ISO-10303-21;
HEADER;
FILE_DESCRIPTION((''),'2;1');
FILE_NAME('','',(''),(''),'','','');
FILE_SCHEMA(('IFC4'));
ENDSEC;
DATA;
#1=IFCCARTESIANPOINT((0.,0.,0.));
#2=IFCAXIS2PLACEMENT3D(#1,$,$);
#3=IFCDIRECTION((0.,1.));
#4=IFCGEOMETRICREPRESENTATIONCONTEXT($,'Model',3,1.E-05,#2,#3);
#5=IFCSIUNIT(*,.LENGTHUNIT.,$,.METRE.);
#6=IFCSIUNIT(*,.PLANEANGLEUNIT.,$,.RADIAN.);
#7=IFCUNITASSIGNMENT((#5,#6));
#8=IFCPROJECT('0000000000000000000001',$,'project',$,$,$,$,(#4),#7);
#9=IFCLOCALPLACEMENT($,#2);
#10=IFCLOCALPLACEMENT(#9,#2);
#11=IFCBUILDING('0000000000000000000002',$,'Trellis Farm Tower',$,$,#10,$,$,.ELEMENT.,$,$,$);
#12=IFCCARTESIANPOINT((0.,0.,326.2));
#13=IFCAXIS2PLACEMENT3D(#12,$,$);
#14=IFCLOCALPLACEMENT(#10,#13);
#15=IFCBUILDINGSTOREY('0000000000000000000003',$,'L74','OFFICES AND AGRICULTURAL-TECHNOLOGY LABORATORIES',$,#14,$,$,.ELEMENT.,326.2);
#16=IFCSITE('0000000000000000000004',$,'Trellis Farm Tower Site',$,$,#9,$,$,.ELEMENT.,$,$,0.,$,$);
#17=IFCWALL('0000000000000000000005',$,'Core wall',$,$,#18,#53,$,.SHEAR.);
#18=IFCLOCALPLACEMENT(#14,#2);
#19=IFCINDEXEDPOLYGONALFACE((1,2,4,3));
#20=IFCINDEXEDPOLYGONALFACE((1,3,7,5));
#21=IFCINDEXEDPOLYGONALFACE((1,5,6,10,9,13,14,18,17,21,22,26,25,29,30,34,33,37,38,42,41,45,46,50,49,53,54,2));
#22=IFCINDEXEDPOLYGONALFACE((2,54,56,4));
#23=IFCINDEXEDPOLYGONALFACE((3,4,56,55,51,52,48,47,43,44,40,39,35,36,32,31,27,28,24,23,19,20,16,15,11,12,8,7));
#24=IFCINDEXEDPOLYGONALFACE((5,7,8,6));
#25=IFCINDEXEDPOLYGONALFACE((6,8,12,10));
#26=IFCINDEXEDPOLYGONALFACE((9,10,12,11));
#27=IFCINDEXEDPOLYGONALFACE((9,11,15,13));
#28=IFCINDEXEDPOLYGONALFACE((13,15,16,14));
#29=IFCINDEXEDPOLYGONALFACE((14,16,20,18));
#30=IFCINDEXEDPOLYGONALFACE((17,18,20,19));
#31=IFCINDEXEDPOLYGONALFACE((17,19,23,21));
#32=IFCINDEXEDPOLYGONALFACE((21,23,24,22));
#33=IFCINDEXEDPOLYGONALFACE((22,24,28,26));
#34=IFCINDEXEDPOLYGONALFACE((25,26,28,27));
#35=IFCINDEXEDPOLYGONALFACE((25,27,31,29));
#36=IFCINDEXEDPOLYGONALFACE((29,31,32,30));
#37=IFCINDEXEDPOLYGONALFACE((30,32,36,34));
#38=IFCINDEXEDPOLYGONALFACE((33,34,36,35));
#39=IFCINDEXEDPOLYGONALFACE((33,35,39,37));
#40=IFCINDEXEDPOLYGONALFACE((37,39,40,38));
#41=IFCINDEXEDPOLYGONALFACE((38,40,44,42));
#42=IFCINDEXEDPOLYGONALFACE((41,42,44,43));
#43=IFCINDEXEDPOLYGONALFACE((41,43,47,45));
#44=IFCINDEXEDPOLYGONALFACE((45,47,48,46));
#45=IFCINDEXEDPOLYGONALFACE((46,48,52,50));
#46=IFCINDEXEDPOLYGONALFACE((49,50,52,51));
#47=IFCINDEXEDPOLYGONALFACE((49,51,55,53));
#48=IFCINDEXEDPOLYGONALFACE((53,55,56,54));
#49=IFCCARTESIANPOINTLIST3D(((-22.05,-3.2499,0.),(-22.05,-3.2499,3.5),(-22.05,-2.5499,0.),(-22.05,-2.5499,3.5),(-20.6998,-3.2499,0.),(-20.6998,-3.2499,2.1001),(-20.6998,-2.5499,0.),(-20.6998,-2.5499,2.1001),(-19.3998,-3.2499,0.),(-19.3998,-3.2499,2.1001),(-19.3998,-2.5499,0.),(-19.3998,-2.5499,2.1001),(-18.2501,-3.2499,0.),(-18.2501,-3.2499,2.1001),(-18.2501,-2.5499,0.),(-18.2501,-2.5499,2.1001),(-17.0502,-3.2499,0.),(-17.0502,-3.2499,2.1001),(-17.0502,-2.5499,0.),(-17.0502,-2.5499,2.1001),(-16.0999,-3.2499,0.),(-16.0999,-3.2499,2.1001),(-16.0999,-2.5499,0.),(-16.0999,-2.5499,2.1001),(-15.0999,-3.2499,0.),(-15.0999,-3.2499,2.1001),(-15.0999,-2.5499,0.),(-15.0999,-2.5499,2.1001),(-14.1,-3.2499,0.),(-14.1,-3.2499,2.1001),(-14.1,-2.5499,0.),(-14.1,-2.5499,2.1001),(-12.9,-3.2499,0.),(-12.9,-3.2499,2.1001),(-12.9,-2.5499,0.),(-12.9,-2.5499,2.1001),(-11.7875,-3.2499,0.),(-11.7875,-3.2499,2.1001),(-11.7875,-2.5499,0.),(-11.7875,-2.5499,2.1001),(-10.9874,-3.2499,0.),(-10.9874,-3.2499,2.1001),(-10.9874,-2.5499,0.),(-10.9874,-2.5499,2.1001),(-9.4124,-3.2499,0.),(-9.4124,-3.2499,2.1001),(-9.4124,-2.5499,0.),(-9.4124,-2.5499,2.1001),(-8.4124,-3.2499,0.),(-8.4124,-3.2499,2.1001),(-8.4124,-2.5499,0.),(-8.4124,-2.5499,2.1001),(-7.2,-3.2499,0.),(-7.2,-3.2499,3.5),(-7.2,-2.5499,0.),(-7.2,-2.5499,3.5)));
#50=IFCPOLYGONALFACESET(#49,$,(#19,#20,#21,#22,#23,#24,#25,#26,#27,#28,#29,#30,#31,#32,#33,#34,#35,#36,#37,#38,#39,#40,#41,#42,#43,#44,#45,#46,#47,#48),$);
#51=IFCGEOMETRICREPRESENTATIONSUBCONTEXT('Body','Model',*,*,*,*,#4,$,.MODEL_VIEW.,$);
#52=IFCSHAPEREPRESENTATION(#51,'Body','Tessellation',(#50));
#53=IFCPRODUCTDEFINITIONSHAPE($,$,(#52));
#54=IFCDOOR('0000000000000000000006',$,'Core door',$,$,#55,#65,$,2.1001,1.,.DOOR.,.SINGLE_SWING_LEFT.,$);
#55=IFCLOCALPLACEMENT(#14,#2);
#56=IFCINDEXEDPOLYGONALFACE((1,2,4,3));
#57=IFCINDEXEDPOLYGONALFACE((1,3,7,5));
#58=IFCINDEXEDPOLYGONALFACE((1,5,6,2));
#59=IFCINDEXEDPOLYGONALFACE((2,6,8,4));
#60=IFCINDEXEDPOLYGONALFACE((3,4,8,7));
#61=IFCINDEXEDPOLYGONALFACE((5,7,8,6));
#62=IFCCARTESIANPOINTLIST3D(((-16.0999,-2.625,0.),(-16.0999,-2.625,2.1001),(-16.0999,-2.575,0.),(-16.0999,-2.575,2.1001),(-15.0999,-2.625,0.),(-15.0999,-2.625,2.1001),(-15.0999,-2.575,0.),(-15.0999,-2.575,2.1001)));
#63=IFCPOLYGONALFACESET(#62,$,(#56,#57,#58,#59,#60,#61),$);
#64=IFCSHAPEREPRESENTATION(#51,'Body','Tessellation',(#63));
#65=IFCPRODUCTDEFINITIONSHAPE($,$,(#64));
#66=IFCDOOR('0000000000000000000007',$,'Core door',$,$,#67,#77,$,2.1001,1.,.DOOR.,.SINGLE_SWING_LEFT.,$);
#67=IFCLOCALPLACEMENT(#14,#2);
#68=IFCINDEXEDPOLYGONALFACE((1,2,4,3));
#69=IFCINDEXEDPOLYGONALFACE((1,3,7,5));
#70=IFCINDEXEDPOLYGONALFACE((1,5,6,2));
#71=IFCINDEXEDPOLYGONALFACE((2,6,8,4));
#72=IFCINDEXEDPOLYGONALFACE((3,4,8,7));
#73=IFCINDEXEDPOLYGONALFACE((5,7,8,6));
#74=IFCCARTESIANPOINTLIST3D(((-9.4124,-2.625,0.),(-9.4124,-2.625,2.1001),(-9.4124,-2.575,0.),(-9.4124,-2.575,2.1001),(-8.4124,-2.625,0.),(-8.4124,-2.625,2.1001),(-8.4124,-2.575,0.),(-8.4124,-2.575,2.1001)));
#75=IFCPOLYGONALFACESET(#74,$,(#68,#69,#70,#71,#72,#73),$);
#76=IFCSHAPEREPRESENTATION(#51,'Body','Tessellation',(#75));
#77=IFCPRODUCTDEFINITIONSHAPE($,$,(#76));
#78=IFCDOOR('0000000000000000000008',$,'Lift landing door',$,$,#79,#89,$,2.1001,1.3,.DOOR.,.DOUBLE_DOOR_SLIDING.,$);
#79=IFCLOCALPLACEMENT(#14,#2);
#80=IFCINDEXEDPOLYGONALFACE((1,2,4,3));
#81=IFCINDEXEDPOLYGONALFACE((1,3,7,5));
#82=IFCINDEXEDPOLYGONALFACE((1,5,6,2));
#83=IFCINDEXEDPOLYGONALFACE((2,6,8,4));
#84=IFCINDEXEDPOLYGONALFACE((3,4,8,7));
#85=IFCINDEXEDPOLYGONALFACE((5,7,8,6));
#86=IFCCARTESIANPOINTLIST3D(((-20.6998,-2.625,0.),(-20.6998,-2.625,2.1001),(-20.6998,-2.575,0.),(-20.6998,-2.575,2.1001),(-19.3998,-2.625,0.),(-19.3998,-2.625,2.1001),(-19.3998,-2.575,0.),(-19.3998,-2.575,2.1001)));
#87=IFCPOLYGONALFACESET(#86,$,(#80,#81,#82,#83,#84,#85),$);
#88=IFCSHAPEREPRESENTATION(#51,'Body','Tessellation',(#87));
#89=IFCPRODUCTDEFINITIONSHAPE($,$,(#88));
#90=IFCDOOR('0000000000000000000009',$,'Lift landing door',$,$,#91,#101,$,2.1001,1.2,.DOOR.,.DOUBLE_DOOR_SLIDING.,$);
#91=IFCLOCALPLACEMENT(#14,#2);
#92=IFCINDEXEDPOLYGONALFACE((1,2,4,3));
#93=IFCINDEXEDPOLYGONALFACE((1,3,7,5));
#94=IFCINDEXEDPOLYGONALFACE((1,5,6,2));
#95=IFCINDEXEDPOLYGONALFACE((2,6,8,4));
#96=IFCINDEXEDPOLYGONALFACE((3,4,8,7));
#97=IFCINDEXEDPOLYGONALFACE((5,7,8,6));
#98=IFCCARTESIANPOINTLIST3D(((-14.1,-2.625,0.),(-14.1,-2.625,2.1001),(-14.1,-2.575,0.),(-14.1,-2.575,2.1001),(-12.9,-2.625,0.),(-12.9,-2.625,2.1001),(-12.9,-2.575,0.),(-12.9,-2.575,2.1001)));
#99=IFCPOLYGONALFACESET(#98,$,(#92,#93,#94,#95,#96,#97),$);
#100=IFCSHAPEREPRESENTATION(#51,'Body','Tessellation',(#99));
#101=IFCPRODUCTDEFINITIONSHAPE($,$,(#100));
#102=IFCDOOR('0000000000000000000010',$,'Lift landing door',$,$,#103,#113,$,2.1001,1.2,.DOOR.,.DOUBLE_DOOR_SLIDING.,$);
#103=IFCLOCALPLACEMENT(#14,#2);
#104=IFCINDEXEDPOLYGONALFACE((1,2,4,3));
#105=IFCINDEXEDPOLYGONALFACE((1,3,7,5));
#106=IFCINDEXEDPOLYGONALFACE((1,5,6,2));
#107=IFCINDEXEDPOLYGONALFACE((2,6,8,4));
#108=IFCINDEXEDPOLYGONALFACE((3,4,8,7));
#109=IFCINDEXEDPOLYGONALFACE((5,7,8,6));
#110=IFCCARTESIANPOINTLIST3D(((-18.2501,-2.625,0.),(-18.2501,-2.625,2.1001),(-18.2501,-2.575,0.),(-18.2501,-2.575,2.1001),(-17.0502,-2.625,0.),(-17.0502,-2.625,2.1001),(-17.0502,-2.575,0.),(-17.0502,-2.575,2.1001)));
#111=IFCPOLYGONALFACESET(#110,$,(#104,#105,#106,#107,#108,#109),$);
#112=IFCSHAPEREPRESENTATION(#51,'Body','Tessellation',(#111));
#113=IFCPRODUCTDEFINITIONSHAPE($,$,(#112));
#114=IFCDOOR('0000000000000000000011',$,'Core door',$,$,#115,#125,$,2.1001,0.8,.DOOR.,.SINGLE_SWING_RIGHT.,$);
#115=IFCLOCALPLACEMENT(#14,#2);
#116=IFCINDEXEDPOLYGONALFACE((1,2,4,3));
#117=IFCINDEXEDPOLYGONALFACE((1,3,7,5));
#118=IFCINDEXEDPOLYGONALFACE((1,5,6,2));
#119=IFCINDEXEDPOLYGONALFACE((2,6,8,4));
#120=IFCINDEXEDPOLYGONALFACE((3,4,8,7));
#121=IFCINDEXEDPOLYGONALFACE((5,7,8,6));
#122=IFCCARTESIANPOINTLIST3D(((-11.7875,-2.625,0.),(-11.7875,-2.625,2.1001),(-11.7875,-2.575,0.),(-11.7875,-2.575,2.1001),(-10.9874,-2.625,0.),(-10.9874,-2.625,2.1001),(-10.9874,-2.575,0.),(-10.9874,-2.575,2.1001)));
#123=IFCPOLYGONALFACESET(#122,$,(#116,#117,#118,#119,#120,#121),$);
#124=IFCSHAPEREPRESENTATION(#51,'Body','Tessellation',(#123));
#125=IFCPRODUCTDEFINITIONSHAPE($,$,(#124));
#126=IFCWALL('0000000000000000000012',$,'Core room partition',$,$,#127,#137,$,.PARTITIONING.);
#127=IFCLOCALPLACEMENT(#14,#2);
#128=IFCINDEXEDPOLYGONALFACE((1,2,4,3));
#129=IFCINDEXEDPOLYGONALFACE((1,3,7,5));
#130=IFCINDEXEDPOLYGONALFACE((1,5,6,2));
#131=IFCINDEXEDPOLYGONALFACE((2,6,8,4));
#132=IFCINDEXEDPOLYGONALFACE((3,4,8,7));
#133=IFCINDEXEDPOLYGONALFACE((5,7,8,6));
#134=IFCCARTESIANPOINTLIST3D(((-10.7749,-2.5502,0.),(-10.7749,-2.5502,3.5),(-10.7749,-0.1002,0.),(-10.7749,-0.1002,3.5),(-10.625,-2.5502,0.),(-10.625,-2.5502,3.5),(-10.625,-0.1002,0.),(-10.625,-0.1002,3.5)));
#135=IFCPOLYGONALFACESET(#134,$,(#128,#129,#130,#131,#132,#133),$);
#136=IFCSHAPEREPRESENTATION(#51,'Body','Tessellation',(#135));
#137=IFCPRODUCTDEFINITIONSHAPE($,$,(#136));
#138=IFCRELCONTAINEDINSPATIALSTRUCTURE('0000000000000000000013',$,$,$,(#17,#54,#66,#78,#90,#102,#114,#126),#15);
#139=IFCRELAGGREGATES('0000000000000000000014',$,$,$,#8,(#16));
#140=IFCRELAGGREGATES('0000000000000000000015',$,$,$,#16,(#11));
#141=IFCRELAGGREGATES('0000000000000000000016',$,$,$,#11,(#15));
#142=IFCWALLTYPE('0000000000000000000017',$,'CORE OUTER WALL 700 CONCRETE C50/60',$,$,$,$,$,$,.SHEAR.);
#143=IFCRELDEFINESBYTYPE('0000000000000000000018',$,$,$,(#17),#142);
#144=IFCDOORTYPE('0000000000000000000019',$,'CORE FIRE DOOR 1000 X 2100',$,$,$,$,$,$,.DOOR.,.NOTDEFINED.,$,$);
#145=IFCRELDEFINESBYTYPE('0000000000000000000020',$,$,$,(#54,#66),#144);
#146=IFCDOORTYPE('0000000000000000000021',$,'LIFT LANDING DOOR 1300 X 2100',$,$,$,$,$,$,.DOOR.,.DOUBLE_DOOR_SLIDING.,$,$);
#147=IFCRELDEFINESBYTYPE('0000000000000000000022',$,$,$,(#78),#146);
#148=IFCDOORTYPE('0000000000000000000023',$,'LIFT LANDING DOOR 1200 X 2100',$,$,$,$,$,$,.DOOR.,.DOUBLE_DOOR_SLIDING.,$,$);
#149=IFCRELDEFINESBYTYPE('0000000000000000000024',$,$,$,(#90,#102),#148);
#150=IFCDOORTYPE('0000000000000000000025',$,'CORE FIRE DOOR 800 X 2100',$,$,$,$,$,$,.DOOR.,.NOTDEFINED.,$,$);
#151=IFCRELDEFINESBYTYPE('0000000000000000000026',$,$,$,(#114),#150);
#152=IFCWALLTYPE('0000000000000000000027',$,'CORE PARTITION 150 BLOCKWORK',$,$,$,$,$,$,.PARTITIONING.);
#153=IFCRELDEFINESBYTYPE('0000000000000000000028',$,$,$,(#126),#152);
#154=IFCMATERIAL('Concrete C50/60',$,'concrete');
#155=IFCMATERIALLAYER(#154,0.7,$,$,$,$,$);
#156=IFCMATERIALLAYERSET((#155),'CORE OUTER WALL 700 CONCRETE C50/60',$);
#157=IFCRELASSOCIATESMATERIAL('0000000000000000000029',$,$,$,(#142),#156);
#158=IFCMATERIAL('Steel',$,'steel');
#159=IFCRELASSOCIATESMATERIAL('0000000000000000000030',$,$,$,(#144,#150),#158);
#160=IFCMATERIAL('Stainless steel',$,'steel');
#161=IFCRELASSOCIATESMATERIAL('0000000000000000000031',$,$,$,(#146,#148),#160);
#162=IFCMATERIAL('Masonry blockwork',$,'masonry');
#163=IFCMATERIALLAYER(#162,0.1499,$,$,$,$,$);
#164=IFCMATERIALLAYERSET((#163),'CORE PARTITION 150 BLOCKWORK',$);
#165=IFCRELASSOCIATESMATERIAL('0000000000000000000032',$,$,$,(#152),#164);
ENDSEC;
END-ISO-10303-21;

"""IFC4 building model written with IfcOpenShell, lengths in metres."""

from ifc_helpers import new_model, si_unit, direction, frame, frame_2d, origin, place, context, subcontext, project, spatial, rectangle, extrude, source, transform, mapped, material, layer, layer_set, type_object, element, fill, save


model = new_model("IFC4")

# Units and contexts
model_context = context("Model", 3, precision=1e-05, world=origin(), true_north=direction((0.0, 1.0)))
body_context = subcontext(model_context, "Body", "Model", "MODEL_VIEW")
ifc_project = project(units=[si_unit("LENGTHUNIT", "METRE"), si_unit("PLANEANGLEUNIT", "RADIAN")], contexts=[model_context])

# Site, building, storey
site_placement = place(None, origin())
site = spatial("IfcSite", under=ifc_project, at=site_placement, Name="Trellis Farm Tower Site", CompositionType="ELEMENT", RefElevation=0.0)
building_placement = place(site_placement, origin())
building = spatial("IfcBuilding", under=site, at=building_placement, Name="Trellis Farm Tower", CompositionType="ELEMENT")
storey_placement = place(building_placement, frame((0.0, 0.0, 326.2)))
storey = spatial("IfcBuildingStorey", under=building, at=storey_placement, Name="L74", Description="OFFICES AND AGRICULTURAL-TECHNOLOGY LABORATORIES", CompositionType="ELEMENT", Elevation=326.2)

# Shared definitions
ifc_material_1 = material(Name="Concrete C50/60", Category="concrete")

# Shared definitions
ifc_material_2 = material(Name="Masonry blockwork", Category="masonry")
ifc_material_3 = material(Name="Steel", Category="steel")

# Wall, openings, doors
ifc_layer_1 = layer(ifc_material_1, 0.7)
ifc_layer_set_1 = layer_set([ifc_layer_1], Name="CORE OUTER WALL 700 CONCRETE C50/60")
wall_type_1 = type_object("IfcWallType", Name="CORE OUTER WALL 700 CONCRETE C50/60", PredefinedType="SHEAR", material=ifc_layer_set_1)
shared_shape_1 = source(origin(), body_context, "Body", "SweptSolid", [
    extrude(rectangle(XDim=14.8501, YDim=0.7, at=frame_2d((7.425, 0.0))), origin(), (0.0, 0.0, 1.0), 3.5),
])
wall_1_placement = place(storey_placement, frame((-7.2, -2.8999, 0.0), z_axis=(0.0, 0.0, 1.0), x_axis=(-1.0, 0.0, 0.0)))
wall_1 = element("IfcWall", 1, at=wall_1_placement, inside=storey, type_object=wall_type_1, Name="Core wall", PredefinedType="SHEAR", context=body_context, shape_type="MappedRepresentation", body=[
    mapped(shared_shape_1, transform((0.0, 0.0, 0.0))),
])
shared_shape_2 = source(origin(), body_context, "Body", "SweptSolid", [
    extrude(rectangle(XDim=1.2, YDim=2.1001, at=frame_2d((0.6001, 1.05))), frame((0.0, 0.3601, 0.0), z_axis=(0.0, -1.0, 0.0), x_axis=(1.0, 0.0, 0.0)), (0.0, 0.0, 1.0), 0.7202),
])
opening_1_placement = place(wall_1_placement, frame((5.7, 0.0, 0.0)))
opening_1 = element("IfcOpeningElement", 2, at=opening_1_placement, cuts=wall_1, PredefinedType="OPENING", context=body_context, shape_type="MappedRepresentation", body=[
    mapped(shared_shape_2, transform((0.0, 0.0, 0.0))),
])
shared_shape_3 = source(origin(), body_context, "Body", "SweptSolid", [
    extrude(rectangle(XDim=1.3, YDim=2.1001, at=frame_2d((0.6499, 1.05))), frame((0.0, 0.3601, 0.0), z_axis=(0.0, -1.0, 0.0), x_axis=(1.0, 0.0, 0.0)), (0.0, 0.0, 1.0), 0.7202),
])
opening_2_placement = place(wall_1_placement, frame((12.2, 0.0, 0.0)))
opening_2 = element("IfcOpeningElement", 3, at=opening_2_placement, cuts=wall_1, PredefinedType="OPENING", context=body_context, shape_type="MappedRepresentation", body=[
    mapped(shared_shape_3, transform((0.0, 0.0, 0.0))),
])
opening_3_placement = place(wall_1_placement, frame((9.8501, 0.0, 0.0)))
opening_3 = element("IfcOpeningElement", 4, at=opening_3_placement, cuts=wall_1, PredefinedType="OPENING", context=body_context, shape_type="MappedRepresentation", body=[
    mapped(shared_shape_2, transform((0.0, 0.0, 0.0))),
])
shared_shape_4 = source(origin(), body_context, "Body", "SweptSolid", [
    extrude(rectangle(XDim=1.0, YDim=2.1001, at=frame_2d((0.5, 1.05))), frame((0.0, 0.3601, 0.0), z_axis=(0.0, -1.0, 0.0), x_axis=(1.0, 0.0, 0.0)), (0.0, 0.0, 1.0), 0.7202),
])
opening_4_placement = place(wall_1_placement, frame((7.8999, 0.0, 0.0)))
opening_4 = element("IfcOpeningElement", 5, at=opening_4_placement, cuts=wall_1, PredefinedType="OPENING", context=body_context, shape_type="MappedRepresentation", body=[
    mapped(shared_shape_4, transform((0.0, 0.0, 0.0))),
])
opening_5_placement = place(wall_1_placement, frame((1.2124, 0.0, 0.0)))
opening_5 = element("IfcOpeningElement", 6, at=opening_5_placement, cuts=wall_1, PredefinedType="OPENING", context=body_context, shape_type="MappedRepresentation", body=[
    mapped(shared_shape_4, transform((0.0, 0.0, 0.0))),
])
shared_shape_5 = source(origin(), body_context, "Body", "SweptSolid", [
    extrude(rectangle(XDim=0.8, YDim=2.1001, at=frame_2d((0.3999, 1.05))), frame((0.0, 0.3601, 0.0), z_axis=(0.0, -1.0, 0.0), x_axis=(1.0, 0.0, 0.0)), (0.0, 0.0, 1.0), 0.7202),
])
opening_6_placement = place(wall_1_placement, frame((3.7876, 0.0, 0.0)))
opening_6 = element("IfcOpeningElement", 7, at=opening_6_placement, cuts=wall_1, PredefinedType="OPENING", context=body_context, shape_type="MappedRepresentation", body=[
    mapped(shared_shape_5, transform((0.0, 0.0, 0.0))),
])
door_type_1 = type_object("IfcDoorType", Name="CORE FIRE DOOR 1000 X 2100", OperationType="NOTDEFINED", PredefinedType="DOOR", material=ifc_material_3)
shared_shape_6 = source(origin(), body_context, "Body", "SweptSolid", [
    extrude(rectangle(XDim=1.0, YDim=2.1001, at=frame_2d((0.5, 1.05))), frame((0.0, -0.2749, 0.0), z_axis=(0.0, -1.0, 0.0), x_axis=(1.0, 0.0, 0.0)), (0.0, 0.0, 1.0), 0.05),
])
door_1_placement = place(opening_4_placement, origin())
door_1 = element("IfcDoor", 8, at=door_1_placement, inside=storey, type_object=door_type_1, Name="Core door", OperationType="SINGLE_SWING_LEFT", OverallHeight=2.1001, OverallWidth=1.0, PredefinedType="DOOR", context=body_context, shape_type="MappedRepresentation", body=[
    mapped(shared_shape_6, transform((0.0, 0.0, 0.0))),
])
fill(opening_4, door_1)
door_2_placement = place(opening_5_placement, origin())
door_2 = element("IfcDoor", 9, at=door_2_placement, inside=storey, type_object=door_type_1, Name="Core door", OperationType="SINGLE_SWING_LEFT", OverallHeight=2.1001, OverallWidth=1.0, PredefinedType="DOOR", context=body_context, shape_type="MappedRepresentation", body=[
    mapped(shared_shape_6, transform((0.0, 0.0, 0.0))),
])
fill(opening_5, door_2)
ifc_material_4 = material(Name="Stainless steel", Category="steel")
door_type_2 = type_object("IfcDoorType", Name="LIFT LANDING DOOR 1300 X 2100", OperationType="DOUBLE_DOOR_SLIDING", PredefinedType="DOOR", material=ifc_material_4)
shared_shape_7 = source(origin(), body_context, "Body", "SweptSolid", [
    extrude(rectangle(XDim=1.3, YDim=2.1001, at=frame_2d((0.6499, 1.05))), frame((0.0, -0.2749, 0.0), z_axis=(0.0, -1.0, 0.0), x_axis=(1.0, 0.0, 0.0)), (0.0, 0.0, 1.0), 0.05),
])
door_3_placement = place(opening_2_placement, origin())
door_3 = element("IfcDoor", 10, at=door_3_placement, inside=storey, type_object=door_type_2, Name="Lift landing door", OperationType="DOUBLE_DOOR_SLIDING", OverallHeight=2.1001, OverallWidth=1.3, PredefinedType="DOOR", context=body_context, shape_type="MappedRepresentation", body=[
    mapped(shared_shape_7, transform((0.0, 0.0, 0.0))),
])
fill(opening_2, door_3)
door_type_3 = type_object("IfcDoorType", Name="LIFT LANDING DOOR 1200 X 2100", OperationType="DOUBLE_DOOR_SLIDING", PredefinedType="DOOR", material=ifc_material_4)
shared_shape_8 = source(origin(), body_context, "Body", "SweptSolid", [
    extrude(rectangle(XDim=1.2, YDim=2.1001, at=frame_2d((0.6001, 1.05))), frame((0.0, -0.2749, 0.0), z_axis=(0.0, -1.0, 0.0), x_axis=(1.0, 0.0, 0.0)), (0.0, 0.0, 1.0), 0.05),
])
door_4_placement = place(opening_1_placement, origin())
door_4 = element("IfcDoor", 11, at=door_4_placement, inside=storey, type_object=door_type_3, Name="Lift landing door", OperationType="DOUBLE_DOOR_SLIDING", OverallHeight=2.1001, OverallWidth=1.2, PredefinedType="DOOR", context=body_context, shape_type="MappedRepresentation", body=[
    mapped(shared_shape_8, transform((0.0, 0.0, 0.0))),
])
fill(opening_1, door_4)
door_5_placement = place(opening_3_placement, origin())
door_5 = element("IfcDoor", 12, at=door_5_placement, inside=storey, type_object=door_type_3, Name="Lift landing door", OperationType="DOUBLE_DOOR_SLIDING", OverallHeight=2.1001, OverallWidth=1.2, PredefinedType="DOOR", context=body_context, shape_type="MappedRepresentation", body=[
    mapped(shared_shape_8, transform((0.0, 0.0, 0.0))),
])
fill(opening_3, door_5)
door_type_4 = type_object("IfcDoorType", Name="CORE FIRE DOOR 800 X 2100", OperationType="NOTDEFINED", PredefinedType="DOOR", material=ifc_material_3)
shared_shape_9 = source(origin(), body_context, "Body", "SweptSolid", [
    extrude(rectangle(XDim=0.8, YDim=2.1001, at=frame_2d((0.3999, 1.05))), frame((0.0, -0.2749, 0.0), z_axis=(0.0, -1.0, 0.0), x_axis=(1.0, 0.0, 0.0)), (0.0, 0.0, 1.0), 0.05),
])
door_6_placement = place(opening_6_placement, origin())
door_6 = element("IfcDoor", 13, at=door_6_placement, inside=storey, type_object=door_type_4, Name="Core door", OperationType="SINGLE_SWING_RIGHT", OverallHeight=2.1001, OverallWidth=0.8, PredefinedType="DOOR", context=body_context, shape_type="MappedRepresentation", body=[
    mapped(shared_shape_9, transform((0.0, 0.0, 0.0))),
])
fill(opening_6, door_6)

# Wall
ifc_layer_2 = layer(ifc_material_2, 0.1499)
ifc_layer_set_2 = layer_set([ifc_layer_2], Name="CORE PARTITION 150 BLOCKWORK")
wall_type_2 = type_object("IfcWallType", Name="CORE PARTITION 150 BLOCKWORK", PredefinedType="PARTITIONING", material=ifc_layer_set_2)
shared_shape_10 = source(origin(), body_context, "Body", "SweptSolid", [
    extrude(rectangle(XDim=2.45, YDim=0.1499, at=frame_2d((1.2251, 0.0))), origin(), (0.0, 0.0, 1.0), 3.5),
])
wall_2_placement = place(storey_placement, frame((-10.7, -0.1001, 0.0), z_axis=(0.0, 0.0, 1.0), x_axis=(0.0, -1.0, 0.0)))
element("IfcWall", 14, at=wall_2_placement, inside=storey, type_object=wall_type_2, Name="Core room partition", PredefinedType="PARTITIONING", context=body_context, shape_type="MappedRepresentation", body=[
    mapped(shared_shape_10, transform((0.0, 0.0, 0.0))),
])

save(model, "model.ifc")
